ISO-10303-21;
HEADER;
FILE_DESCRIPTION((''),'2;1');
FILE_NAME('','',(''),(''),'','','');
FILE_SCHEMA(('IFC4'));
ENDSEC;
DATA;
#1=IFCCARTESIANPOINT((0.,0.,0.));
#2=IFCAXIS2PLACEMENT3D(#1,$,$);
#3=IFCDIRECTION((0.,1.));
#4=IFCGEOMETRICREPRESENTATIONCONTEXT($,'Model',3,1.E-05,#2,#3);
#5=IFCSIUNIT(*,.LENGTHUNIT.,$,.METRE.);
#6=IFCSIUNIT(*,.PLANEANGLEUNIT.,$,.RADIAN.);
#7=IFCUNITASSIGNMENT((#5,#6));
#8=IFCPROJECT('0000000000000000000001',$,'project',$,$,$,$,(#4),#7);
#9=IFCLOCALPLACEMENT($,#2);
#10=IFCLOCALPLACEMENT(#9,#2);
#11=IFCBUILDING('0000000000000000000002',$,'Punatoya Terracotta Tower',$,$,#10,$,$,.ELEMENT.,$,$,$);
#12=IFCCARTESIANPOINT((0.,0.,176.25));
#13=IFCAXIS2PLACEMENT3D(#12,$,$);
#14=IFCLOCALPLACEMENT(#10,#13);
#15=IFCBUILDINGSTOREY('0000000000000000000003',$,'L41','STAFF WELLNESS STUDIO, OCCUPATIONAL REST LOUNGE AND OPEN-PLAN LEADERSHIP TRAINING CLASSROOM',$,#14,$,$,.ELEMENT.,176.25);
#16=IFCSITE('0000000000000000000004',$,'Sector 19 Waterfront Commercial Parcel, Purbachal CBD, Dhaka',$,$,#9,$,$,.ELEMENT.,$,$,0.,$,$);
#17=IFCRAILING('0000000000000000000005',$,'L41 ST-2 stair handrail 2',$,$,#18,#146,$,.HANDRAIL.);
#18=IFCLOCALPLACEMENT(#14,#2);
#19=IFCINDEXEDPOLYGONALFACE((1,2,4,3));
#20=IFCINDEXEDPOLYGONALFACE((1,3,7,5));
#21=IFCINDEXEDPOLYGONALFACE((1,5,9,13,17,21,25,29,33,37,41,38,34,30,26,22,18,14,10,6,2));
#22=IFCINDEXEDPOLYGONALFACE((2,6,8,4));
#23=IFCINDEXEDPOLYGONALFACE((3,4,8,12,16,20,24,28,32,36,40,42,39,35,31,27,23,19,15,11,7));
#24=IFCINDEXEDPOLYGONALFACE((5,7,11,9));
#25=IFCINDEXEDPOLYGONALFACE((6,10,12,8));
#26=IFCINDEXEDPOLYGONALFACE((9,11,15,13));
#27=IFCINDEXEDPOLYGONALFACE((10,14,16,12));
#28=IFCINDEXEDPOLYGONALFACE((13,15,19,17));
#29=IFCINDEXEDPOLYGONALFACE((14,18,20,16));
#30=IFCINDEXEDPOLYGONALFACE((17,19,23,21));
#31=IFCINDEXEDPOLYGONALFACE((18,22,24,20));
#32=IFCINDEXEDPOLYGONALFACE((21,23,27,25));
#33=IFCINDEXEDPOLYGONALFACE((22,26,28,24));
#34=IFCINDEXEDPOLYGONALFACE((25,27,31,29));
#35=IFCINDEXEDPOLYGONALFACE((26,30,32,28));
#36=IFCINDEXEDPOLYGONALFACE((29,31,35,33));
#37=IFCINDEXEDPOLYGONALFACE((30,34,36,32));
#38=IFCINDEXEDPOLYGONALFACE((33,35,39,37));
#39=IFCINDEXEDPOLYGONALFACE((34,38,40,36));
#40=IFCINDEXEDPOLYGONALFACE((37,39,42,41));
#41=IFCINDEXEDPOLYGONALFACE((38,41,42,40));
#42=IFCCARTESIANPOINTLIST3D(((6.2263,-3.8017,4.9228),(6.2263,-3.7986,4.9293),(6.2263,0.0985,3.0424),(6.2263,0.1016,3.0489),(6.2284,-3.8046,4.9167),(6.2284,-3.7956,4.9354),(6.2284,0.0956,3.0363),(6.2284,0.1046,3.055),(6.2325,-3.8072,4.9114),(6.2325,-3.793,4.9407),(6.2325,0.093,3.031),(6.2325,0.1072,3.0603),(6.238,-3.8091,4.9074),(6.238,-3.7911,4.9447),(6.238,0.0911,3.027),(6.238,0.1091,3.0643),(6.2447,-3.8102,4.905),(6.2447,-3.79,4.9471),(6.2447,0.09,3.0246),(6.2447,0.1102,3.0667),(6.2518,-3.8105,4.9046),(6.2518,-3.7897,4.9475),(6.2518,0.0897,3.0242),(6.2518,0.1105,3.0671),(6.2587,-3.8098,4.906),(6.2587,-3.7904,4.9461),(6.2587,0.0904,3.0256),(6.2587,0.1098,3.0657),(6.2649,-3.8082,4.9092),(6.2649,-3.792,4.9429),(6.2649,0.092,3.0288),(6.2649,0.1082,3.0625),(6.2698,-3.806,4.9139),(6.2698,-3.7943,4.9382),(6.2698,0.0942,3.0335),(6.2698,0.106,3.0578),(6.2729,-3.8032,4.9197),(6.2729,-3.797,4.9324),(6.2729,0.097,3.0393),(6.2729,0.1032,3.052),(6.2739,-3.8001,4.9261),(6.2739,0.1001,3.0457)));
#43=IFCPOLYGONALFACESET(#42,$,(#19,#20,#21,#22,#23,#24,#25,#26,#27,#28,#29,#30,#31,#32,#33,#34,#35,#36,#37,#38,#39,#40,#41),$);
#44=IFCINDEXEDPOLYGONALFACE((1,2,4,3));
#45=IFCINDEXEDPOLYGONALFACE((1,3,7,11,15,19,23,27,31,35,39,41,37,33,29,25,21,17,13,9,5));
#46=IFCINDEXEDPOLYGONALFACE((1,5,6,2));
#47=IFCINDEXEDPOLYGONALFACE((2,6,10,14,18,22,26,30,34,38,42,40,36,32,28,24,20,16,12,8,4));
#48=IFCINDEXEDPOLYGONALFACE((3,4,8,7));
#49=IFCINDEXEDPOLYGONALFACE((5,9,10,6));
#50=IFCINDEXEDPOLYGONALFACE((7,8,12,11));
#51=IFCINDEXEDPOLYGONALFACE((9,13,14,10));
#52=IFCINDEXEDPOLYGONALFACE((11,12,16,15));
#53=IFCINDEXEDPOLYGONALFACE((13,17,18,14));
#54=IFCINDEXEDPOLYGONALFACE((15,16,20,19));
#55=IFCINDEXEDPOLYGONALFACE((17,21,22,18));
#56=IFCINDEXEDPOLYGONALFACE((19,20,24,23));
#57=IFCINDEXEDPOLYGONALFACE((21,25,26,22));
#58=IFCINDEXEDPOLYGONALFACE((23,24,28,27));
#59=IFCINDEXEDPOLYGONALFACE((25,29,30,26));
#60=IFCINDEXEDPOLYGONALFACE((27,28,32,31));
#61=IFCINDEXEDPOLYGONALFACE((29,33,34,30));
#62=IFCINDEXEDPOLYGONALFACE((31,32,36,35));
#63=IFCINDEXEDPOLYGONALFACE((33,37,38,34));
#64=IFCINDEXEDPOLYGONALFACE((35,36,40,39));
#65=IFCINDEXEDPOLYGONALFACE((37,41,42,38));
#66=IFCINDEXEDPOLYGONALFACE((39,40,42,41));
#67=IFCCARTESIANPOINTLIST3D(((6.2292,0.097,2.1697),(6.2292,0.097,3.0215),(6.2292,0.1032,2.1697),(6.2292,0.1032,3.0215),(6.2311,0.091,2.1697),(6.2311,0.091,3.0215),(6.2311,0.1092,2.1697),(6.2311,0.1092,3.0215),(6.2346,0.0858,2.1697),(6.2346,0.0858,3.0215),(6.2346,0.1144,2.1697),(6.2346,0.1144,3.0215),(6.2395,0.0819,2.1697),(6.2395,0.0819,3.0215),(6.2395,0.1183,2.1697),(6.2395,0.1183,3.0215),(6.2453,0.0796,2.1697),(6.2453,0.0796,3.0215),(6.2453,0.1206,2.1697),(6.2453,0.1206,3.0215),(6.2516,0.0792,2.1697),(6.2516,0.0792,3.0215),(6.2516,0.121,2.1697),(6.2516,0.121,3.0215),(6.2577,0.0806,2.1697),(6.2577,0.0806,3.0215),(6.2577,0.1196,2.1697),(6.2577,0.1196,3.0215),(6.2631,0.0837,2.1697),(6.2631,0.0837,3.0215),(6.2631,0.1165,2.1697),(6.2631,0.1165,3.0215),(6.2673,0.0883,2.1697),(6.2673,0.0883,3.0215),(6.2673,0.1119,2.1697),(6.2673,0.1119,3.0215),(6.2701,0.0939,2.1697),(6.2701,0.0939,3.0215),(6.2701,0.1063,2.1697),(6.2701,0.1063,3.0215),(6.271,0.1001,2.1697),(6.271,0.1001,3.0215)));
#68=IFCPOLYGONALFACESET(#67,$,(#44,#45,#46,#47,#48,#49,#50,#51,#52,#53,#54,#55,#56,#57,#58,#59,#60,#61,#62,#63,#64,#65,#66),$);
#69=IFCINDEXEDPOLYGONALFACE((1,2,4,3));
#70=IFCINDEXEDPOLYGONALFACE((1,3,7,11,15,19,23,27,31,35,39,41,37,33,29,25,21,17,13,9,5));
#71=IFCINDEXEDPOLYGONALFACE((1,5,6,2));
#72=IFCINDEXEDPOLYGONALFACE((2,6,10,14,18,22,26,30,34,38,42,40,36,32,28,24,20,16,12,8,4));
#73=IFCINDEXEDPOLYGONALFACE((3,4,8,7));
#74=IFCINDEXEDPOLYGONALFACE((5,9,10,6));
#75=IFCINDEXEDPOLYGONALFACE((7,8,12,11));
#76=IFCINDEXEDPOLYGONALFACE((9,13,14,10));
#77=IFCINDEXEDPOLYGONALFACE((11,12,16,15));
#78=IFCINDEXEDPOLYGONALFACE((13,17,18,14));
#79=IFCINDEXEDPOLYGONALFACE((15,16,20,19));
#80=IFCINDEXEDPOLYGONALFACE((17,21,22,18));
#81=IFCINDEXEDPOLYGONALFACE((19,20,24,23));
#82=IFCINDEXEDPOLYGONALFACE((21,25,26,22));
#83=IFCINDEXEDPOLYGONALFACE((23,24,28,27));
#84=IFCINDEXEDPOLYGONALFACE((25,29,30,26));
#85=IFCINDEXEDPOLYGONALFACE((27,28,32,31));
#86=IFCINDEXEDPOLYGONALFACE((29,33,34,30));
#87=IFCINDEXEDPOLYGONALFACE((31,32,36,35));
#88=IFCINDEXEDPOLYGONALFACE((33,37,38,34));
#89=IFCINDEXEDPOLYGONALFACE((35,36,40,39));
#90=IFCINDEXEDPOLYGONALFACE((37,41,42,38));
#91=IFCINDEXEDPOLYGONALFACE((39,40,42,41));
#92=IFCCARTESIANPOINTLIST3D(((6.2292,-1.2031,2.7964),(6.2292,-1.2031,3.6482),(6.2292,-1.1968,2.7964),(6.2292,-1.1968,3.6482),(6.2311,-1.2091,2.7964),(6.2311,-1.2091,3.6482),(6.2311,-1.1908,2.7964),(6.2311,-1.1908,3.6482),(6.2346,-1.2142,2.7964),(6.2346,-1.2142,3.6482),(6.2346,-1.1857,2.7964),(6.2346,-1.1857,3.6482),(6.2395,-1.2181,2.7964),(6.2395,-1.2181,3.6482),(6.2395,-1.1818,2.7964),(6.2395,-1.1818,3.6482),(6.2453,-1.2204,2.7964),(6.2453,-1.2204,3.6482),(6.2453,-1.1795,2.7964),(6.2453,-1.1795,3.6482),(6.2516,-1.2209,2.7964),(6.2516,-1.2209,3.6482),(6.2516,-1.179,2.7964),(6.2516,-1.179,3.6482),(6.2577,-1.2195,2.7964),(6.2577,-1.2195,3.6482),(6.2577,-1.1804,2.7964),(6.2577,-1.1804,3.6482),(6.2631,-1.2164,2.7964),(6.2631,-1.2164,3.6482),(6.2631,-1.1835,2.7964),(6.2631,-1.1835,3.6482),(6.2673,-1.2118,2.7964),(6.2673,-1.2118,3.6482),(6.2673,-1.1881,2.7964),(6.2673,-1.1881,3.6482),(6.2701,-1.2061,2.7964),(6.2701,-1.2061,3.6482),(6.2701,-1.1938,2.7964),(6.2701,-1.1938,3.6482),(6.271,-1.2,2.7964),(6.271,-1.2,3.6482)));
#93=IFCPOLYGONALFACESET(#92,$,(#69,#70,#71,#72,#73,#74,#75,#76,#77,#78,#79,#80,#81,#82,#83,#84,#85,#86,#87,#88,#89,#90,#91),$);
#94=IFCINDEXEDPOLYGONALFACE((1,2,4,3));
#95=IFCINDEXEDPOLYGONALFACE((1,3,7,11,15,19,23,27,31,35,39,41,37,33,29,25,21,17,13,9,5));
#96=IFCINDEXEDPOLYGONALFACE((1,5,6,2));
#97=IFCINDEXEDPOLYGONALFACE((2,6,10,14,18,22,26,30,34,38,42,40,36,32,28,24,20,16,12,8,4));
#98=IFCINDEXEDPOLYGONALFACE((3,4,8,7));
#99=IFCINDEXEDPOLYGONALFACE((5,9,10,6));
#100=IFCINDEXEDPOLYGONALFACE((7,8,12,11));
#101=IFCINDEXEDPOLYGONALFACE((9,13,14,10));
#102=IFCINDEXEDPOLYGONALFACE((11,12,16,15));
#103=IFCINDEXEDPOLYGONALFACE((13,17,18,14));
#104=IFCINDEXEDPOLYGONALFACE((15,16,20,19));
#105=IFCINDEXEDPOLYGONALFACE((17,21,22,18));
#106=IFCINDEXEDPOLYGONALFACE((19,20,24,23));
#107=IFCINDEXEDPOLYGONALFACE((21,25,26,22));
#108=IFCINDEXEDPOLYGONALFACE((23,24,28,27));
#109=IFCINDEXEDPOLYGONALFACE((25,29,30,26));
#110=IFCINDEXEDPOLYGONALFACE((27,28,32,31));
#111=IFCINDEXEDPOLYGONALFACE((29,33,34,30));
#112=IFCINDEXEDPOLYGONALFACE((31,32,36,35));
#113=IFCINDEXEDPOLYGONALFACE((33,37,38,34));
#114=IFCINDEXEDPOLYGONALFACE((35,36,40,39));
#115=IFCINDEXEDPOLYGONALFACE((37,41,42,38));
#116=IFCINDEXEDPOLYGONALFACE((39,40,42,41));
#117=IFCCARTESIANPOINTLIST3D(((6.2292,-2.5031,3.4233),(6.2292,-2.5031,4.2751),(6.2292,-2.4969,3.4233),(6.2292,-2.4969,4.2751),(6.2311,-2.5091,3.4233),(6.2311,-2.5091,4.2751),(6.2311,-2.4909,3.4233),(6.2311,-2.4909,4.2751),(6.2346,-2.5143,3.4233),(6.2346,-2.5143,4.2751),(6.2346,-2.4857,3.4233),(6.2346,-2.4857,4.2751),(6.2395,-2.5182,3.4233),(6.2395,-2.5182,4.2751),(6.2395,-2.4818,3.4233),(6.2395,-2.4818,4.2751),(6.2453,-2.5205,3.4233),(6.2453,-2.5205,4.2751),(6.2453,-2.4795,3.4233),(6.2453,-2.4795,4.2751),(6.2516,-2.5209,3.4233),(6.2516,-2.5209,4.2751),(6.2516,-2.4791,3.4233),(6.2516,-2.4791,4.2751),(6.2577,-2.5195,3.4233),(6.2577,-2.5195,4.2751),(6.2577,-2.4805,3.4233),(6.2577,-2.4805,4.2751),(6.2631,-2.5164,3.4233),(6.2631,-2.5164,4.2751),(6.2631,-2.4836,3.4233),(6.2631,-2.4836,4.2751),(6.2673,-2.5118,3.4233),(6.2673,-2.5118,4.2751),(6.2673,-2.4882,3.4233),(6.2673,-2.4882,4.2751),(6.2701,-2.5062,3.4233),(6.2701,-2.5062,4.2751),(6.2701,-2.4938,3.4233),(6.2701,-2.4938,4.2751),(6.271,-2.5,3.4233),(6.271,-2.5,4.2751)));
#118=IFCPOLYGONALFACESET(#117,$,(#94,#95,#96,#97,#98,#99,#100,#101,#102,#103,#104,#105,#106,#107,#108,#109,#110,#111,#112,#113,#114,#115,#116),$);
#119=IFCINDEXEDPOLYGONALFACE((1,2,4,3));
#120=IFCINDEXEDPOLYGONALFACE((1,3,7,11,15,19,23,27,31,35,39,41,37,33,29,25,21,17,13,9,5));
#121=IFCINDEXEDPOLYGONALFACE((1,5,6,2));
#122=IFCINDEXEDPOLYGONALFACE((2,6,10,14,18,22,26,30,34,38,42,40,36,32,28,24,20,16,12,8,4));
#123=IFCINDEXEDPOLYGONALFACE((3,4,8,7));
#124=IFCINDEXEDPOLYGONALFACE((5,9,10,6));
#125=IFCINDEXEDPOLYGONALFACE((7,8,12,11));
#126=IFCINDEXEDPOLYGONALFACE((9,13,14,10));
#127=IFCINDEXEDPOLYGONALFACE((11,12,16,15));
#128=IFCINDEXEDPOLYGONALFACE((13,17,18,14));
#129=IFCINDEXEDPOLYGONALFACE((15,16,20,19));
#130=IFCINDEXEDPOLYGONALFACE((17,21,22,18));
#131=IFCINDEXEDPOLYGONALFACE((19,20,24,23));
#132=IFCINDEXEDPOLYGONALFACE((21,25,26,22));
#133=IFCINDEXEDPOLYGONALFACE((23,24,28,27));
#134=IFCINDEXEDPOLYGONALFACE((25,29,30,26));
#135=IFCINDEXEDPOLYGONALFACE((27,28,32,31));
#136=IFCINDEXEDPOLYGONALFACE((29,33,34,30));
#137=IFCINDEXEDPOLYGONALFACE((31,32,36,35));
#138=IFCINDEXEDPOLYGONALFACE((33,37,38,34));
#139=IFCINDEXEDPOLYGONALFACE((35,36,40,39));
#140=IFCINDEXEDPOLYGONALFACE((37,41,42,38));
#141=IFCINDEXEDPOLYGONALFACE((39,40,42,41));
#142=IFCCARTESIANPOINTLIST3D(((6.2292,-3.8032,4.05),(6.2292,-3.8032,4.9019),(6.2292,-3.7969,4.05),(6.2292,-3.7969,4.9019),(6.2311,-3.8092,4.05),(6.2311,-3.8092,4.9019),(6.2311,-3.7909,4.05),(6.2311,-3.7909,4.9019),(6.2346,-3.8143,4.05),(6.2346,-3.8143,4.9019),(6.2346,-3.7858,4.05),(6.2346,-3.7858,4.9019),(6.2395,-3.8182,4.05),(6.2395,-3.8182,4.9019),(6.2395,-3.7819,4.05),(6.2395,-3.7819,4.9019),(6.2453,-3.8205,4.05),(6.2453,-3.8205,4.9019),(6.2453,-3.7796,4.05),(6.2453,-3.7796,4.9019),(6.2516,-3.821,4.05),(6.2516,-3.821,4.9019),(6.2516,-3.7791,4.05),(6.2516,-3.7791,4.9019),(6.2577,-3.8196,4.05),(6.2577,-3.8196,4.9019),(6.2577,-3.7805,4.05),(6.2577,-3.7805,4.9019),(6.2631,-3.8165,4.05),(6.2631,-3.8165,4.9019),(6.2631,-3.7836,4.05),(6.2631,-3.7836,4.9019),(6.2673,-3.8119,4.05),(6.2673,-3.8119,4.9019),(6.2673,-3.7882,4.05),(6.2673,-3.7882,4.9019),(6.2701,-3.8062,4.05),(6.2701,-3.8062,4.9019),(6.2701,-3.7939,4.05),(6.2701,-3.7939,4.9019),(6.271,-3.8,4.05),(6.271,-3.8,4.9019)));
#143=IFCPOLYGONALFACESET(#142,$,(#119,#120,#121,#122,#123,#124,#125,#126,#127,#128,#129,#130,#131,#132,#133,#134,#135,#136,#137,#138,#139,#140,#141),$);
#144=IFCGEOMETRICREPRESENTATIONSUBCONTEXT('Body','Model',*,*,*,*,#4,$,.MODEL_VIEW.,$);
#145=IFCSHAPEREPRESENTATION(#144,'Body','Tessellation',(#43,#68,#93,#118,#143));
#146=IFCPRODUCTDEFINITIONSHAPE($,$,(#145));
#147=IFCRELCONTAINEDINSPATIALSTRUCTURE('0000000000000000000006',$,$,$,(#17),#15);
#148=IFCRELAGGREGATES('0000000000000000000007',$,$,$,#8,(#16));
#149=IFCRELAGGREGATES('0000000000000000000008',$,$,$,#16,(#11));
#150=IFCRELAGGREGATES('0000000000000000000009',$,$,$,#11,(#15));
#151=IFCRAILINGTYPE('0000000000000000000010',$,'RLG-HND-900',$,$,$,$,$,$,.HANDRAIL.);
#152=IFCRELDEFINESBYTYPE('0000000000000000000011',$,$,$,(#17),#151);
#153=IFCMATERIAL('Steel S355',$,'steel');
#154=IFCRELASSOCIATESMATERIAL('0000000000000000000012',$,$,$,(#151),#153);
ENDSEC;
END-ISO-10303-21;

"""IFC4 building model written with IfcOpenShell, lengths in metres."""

from ifc_helpers import new_model, si_unit, direction, frame, origin, origin_2d, place, context, subcontext, project, spatial, circle, extrude, material, type_object, element, save


model = new_model("IFC4")

# Units and contexts
model_context = context("Model", 3, precision=1e-05, world=origin(), true_north=direction((0.0, 1.0)))
body_context = subcontext(model_context, "Body", "Model", "MODEL_VIEW")
ifc_project = project(units=[si_unit("LENGTHUNIT", "METRE"), si_unit("PLANEANGLEUNIT", "RADIAN")], contexts=[model_context])

# Site, building, storey
site_placement = place(None, origin())
site = spatial("IfcSite", under=ifc_project, at=site_placement, Name="Sector 19 Waterfront Commercial Parcel, Purbachal CBD, Dhaka", CompositionType="ELEMENT", RefElevation=0.0)
building_placement = place(site_placement, origin())
building = spatial("IfcBuilding", under=site, at=building_placement, Name="Punatoya Terracotta Tower", CompositionType="ELEMENT")
storey_placement = place(building_placement, frame((0.0, 0.0, 176.25)))
storey = spatial("IfcBuildingStorey", under=building, at=storey_placement, Name="L41", Description="STAFF WELLNESS STUDIO, OCCUPATIONAL REST LOUNGE AND OPEN-PLAN LEADERSHIP TRAINING CLASSROOM", CompositionType="ELEMENT", Elevation=176.25)

# Shared definitions
ifc_material_1 = material(Name="Steel S355", Category="steel")

# Railing
railing_type_1 = type_object("IfcRailingType", Name="RLG-HND-900", PredefinedType="HANDRAIL", material=ifc_material_1)
railing_1_placement = place(storey_placement, frame((6.25, 0.1001, 2.1697)))
element("IfcRailing", 1, at=railing_1_placement, inside=storey, type_object=railing_type_1, Name="L41 ST-2 stair handrail 2", PredefinedType="HANDRAIL", context=body_context, shape_type="SweptSolid", body=[
    extrude(circle(Radius=0.0239, at=origin_2d()), frame((0.0, 0.0, 0.876), z_axis=(0.0, -0.900774, 0.434289), x_axis=(1.0, 0.0, 0.0)), (0.0, 0.0, 1.0), 4.3298),
    extrude(circle(Radius=0.021, at=origin_2d()), origin(), (0.0, 0.0, 1.0), 0.8518),
    extrude(circle(Radius=0.021, at=origin_2d()), frame((0.0, -1.3, 0.6267)), (0.0, 0.0, 1.0), 0.8518),
    extrude(circle(Radius=0.021, at=origin_2d()), frame((0.0, -2.6001, 1.2537)), (0.0, 0.0, 1.0), 0.8518),
    extrude(circle(Radius=0.021, at=origin_2d()), frame((0.0, -3.9001, 1.8804)), (0.0, 0.0, 1.0), 0.8518),
])

save(model, "model.ifc")
